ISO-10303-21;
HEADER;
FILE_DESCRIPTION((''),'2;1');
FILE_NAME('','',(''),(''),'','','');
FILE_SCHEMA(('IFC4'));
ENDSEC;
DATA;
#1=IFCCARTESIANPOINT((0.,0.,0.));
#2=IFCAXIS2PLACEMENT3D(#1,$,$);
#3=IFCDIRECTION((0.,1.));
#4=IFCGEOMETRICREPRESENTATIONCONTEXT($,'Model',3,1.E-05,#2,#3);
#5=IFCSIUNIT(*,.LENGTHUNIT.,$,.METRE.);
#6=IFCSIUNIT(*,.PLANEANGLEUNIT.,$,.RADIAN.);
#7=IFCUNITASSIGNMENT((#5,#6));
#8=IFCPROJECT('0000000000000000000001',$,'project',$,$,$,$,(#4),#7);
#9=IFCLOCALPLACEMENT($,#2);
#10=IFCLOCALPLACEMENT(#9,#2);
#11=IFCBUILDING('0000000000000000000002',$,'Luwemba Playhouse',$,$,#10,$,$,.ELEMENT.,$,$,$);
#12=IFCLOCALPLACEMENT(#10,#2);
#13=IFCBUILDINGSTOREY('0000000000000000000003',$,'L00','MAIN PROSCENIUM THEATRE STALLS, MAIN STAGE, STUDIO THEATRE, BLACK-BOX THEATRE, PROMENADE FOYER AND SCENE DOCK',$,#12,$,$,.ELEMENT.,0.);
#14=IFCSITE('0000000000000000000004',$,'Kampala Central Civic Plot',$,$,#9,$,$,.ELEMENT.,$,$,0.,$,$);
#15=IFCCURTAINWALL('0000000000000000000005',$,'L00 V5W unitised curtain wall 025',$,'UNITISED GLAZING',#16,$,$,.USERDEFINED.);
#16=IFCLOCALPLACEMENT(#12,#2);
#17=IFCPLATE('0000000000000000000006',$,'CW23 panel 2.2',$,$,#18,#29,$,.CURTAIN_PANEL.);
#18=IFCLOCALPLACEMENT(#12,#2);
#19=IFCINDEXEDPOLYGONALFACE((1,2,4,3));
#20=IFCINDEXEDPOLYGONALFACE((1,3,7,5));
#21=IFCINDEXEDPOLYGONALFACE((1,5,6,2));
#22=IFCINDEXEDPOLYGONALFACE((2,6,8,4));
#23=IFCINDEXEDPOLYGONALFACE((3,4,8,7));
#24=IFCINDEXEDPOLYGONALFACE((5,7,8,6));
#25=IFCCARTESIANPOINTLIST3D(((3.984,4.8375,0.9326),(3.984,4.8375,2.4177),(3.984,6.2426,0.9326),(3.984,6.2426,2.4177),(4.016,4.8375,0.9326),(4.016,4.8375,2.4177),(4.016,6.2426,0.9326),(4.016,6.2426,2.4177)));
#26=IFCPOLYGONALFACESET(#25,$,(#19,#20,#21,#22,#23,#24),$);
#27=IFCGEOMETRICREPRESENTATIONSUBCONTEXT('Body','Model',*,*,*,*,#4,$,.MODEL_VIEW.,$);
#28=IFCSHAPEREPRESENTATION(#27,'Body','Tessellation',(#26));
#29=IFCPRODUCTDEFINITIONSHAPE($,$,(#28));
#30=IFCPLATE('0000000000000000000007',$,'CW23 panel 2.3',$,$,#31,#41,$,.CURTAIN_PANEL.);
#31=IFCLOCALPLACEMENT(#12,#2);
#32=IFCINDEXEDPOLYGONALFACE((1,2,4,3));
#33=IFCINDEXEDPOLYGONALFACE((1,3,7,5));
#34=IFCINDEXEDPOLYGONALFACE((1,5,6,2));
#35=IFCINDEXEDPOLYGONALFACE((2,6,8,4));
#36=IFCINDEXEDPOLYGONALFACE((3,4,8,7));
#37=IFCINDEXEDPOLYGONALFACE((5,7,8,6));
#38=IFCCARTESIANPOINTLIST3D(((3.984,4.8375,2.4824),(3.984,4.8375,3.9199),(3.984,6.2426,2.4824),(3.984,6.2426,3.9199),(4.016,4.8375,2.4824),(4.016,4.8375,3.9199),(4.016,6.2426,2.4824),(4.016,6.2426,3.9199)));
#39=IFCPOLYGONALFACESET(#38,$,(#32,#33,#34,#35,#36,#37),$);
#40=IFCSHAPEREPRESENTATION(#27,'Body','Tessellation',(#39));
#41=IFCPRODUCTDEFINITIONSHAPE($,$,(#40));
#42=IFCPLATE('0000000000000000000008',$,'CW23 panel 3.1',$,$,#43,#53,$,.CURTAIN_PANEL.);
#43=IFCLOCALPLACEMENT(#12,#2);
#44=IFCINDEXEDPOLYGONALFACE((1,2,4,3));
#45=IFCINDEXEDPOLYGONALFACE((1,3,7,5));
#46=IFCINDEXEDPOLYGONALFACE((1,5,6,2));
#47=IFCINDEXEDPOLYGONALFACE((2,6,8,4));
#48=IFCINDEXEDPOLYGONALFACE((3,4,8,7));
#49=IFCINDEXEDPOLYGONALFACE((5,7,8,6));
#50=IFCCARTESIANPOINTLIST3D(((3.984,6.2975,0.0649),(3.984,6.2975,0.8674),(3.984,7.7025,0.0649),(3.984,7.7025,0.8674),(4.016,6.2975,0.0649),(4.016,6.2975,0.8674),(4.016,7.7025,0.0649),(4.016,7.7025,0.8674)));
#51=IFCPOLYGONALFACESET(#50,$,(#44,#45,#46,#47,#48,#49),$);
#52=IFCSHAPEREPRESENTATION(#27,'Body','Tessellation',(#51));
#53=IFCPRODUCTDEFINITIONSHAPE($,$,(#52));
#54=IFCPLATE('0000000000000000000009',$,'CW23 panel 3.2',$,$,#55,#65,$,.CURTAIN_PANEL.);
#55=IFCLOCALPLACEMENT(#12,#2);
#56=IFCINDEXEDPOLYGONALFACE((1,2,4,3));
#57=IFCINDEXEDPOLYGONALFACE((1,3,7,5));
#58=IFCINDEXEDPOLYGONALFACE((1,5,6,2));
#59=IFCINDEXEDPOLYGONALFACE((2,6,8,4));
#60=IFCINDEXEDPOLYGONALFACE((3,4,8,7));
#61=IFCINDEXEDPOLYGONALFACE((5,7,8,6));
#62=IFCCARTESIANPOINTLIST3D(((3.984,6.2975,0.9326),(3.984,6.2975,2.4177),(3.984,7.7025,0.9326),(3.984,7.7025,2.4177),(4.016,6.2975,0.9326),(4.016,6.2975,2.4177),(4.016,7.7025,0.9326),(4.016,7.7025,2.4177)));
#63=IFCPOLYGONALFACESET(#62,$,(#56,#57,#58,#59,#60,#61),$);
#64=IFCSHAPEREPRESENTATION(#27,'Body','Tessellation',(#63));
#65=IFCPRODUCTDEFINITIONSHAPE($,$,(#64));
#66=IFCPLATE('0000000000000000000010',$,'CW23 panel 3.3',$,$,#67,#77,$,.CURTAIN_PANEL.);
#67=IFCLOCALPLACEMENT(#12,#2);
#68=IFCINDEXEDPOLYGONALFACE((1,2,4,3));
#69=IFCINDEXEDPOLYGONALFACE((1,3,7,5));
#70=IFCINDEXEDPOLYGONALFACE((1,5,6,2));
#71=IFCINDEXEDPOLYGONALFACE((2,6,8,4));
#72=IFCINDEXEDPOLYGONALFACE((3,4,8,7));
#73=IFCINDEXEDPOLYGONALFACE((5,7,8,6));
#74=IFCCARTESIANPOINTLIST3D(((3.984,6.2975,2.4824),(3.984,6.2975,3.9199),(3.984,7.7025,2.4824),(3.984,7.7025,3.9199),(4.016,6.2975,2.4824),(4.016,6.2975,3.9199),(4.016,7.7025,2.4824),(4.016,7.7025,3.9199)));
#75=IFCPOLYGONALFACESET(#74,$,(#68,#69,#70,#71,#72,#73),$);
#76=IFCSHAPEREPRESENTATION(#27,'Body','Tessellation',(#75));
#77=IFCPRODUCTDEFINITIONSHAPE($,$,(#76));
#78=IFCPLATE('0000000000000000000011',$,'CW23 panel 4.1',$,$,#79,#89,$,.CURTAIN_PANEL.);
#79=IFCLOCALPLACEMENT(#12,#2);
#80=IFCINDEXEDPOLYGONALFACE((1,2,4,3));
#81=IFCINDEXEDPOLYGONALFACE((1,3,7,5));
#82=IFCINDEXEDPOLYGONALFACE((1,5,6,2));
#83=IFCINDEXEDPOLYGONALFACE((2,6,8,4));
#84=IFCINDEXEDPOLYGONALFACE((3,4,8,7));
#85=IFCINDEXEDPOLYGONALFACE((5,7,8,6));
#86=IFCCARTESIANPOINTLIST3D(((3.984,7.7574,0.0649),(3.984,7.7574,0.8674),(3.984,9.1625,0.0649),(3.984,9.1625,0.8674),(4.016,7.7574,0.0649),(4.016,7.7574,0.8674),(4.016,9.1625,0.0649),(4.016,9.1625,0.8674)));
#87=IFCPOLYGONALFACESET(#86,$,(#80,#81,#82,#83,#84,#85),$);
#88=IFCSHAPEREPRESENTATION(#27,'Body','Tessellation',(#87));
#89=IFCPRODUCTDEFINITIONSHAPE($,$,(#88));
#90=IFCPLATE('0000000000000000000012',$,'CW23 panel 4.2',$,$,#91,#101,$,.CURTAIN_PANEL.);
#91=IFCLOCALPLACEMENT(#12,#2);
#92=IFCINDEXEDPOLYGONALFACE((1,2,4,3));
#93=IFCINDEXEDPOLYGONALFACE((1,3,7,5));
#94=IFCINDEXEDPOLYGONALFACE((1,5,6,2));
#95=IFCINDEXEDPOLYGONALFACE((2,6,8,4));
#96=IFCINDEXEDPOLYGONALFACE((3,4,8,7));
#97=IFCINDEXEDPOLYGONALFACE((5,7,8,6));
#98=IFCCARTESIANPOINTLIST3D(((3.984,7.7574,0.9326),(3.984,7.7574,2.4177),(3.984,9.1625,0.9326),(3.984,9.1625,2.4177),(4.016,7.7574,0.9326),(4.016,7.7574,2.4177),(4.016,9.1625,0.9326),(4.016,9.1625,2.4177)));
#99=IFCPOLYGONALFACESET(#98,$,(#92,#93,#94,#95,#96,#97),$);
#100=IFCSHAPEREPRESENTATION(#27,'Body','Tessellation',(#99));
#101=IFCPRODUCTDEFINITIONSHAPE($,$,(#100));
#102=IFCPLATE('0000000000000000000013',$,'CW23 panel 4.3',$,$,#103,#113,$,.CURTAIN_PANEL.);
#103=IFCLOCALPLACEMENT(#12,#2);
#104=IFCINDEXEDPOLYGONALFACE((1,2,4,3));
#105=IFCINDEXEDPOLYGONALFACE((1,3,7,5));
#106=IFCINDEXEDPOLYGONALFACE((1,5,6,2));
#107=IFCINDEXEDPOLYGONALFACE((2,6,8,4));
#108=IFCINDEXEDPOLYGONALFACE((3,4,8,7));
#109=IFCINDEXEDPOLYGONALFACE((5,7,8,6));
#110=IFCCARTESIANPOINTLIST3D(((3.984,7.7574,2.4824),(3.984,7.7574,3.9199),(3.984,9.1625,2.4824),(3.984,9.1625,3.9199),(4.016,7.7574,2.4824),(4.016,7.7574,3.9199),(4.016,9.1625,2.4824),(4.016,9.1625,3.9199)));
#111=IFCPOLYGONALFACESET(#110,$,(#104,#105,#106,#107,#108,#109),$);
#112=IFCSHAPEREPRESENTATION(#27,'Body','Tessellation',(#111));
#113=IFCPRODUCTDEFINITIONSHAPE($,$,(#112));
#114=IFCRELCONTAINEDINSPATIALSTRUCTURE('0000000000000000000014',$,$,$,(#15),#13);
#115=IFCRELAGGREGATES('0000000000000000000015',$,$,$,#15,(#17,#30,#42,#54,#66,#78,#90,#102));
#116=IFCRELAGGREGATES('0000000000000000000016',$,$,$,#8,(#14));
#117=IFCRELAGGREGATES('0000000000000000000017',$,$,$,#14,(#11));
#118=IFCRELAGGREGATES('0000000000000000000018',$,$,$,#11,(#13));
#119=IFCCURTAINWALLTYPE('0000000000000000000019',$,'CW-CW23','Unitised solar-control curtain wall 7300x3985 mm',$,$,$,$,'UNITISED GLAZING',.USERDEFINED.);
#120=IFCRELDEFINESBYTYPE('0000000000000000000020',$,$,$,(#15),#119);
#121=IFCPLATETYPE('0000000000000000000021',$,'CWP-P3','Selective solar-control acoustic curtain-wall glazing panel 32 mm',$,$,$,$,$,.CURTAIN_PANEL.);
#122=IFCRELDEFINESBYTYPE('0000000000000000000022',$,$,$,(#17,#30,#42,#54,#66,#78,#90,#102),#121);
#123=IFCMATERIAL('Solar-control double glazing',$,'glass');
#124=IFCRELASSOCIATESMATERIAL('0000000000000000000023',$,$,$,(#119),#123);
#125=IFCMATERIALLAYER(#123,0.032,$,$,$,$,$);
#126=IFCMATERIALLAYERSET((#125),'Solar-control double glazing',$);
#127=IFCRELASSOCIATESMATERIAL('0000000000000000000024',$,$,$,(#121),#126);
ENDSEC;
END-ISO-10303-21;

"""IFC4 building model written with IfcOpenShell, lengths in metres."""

from ifc_helpers import new_model, si_unit, direction, frame, origin, origin_2d, place, context, subcontext, project, spatial, rectangle, extrude, material, layer, layer_set, type_object, element, aggregate, save


model = new_model("IFC4")

# Units and contexts
model_context = context("Model", 3, precision=1e-05, world=origin(), true_north=direction((0.0, 1.0)))
body_context = subcontext(model_context, "Body", "Model", "MODEL_VIEW")
ifc_project = project(units=[si_unit("LENGTHUNIT", "METRE"), si_unit("PLANEANGLEUNIT", "RADIAN")], contexts=[model_context])

# Site, building, storey
site_placement = place(None, origin())
site = spatial("IfcSite", under=ifc_project, at=site_placement, Name="Kampala Central Civic Plot", CompositionType="ELEMENT", RefElevation=0.0)
building_placement = place(site_placement, origin())
building = spatial("IfcBuilding", under=site, at=building_placement, Name="Luwemba Playhouse", CompositionType="ELEMENT")
storey_placement = place(building_placement, origin())
storey = spatial("IfcBuildingStorey", under=building, at=storey_placement, Name="L00", Description="MAIN PROSCENIUM THEATRE STALLS, MAIN STAGE, STUDIO THEATRE, BLACK-BOX THEATRE, PROMENADE FOYER AND SCENE DOCK", CompositionType="ELEMENT", Elevation=0.0)

# Curtain wall, plates
ifc_material_1 = material(Name="Solar-control double glazing", Category="glass")
curtain_wall_type = type_object("IfcCurtainWallType", Name="CW-CW23", Description="Unitised solar-control curtain wall 7300x3985 mm", ElementType="UNITISED GLAZING", PredefinedType="USERDEFINED", material=ifc_material_1)
curtain_wall_placement = place(storey_placement, origin())
curtain_wall = element("IfcCurtainWall", 1, at=curtain_wall_placement, inside=storey, type_object=curtain_wall_type, Name="L00 V5W unitised curtain wall 025", ObjectType="UNITISED GLAZING", PredefinedType="USERDEFINED")
ifc_layer = layer(ifc_material_1, 0.032)
ifc_layer_set = layer_set([ifc_layer], Name="Solar-control double glazing")
plate_type = type_object("IfcPlateType", Name="CWP-P3", Description="Selective solar-control acoustic curtain-wall glazing panel 32 mm", PredefinedType="CURTAIN_PANEL", material=ifc_layer_set)
plate_1_placement = place(storey_placement, frame((4.0, 5.54, 0.9326), z_axis=(0.0, 0.0, 1.0), x_axis=(0.0, 1.0, 0.0)))
plate_1 = element("IfcPlate", 2, at=plate_1_placement, type_object=plate_type, Name="CW23 panel 2.2", PredefinedType="CURTAIN_PANEL", context=body_context, shape_type="SweptSolid", body=[
    extrude(rectangle(XDim=1.405, YDim=0.032, at=origin_2d()), origin(), (0.0, 0.0, 1.0), 1.4851),
])
plate_2_placement = place(storey_placement, frame((4.0, 5.54, 2.4824), z_axis=(0.0, 0.0, 1.0), x_axis=(0.0, 1.0, 0.0)))
plate_2 = element("IfcPlate", 3, at=plate_2_placement, type_object=plate_type, Name="CW23 panel 2.3", PredefinedType="CURTAIN_PANEL", context=body_context, shape_type="SweptSolid", body=[
    extrude(rectangle(XDim=1.405, YDim=0.032, at=origin_2d()), origin(), (0.0, 0.0, 1.0), 1.4375),
])
plate_3_placement = place(storey_placement, frame((4.0, 7.0, 0.0649), z_axis=(0.0, 0.0, 1.0), x_axis=(0.0, 1.0, 0.0)))
plate_3 = element("IfcPlate", 4, at=plate_3_placement, type_object=plate_type, Name="CW23 panel 3.1", PredefinedType="CURTAIN_PANEL", context=body_context, shape_type="SweptSolid", body=[
    extrude(rectangle(XDim=1.405, YDim=0.032, at=origin_2d()), origin(), (0.0, 0.0, 1.0), 0.8025),
])
plate_4_placement = place(storey_placement, frame((4.0, 7.0, 0.9326), z_axis=(0.0, 0.0, 1.0), x_axis=(0.0, 1.0, 0.0)))
plate_4 = element("IfcPlate", 5, at=plate_4_placement, type_object=plate_type, Name="CW23 panel 3.2", PredefinedType="CURTAIN_PANEL", context=body_context, shape_type="SweptSolid", body=[
    extrude(rectangle(XDim=1.405, YDim=0.032, at=origin_2d()), origin(), (0.0, 0.0, 1.0), 1.4851),
])
plate_5_placement = place(storey_placement, frame((4.0, 7.0, 2.4824), z_axis=(0.0, 0.0, 1.0), x_axis=(0.0, 1.0, 0.0)))
plate_5 = element("IfcPlate", 6, at=plate_5_placement, type_object=plate_type, Name="CW23 panel 3.3", PredefinedType="CURTAIN_PANEL", context=body_context, shape_type="SweptSolid", body=[
    extrude(rectangle(XDim=1.405, YDim=0.032, at=origin_2d()), origin(), (0.0, 0.0, 1.0), 1.4375),
])
plate_6_placement = place(storey_placement, frame((4.0, 8.46, 0.0649), z_axis=(0.0, 0.0, 1.0), x_axis=(0.0, 1.0, 0.0)))
plate_6 = element("IfcPlate", 7, at=plate_6_placement, type_object=plate_type, Name="CW23 panel 4.1", PredefinedType="CURTAIN_PANEL", context=body_context, shape_type="SweptSolid", body=[
    extrude(rectangle(XDim=1.405, YDim=0.032, at=origin_2d()), origin(), (0.0, 0.0, 1.0), 0.8025),
])
plate_7_placement = place(storey_placement, frame((4.0, 8.46, 0.9326), z_axis=(0.0, 0.0, 1.0), x_axis=(0.0, 1.0, 0.0)))
plate_7 = element("IfcPlate", 8, at=plate_7_placement, type_object=plate_type, Name="CW23 panel 4.2", PredefinedType="CURTAIN_PANEL", context=body_context, shape_type="SweptSolid", body=[
    extrude(rectangle(XDim=1.405, YDim=0.032, at=origin_2d()), origin(), (0.0, 0.0, 1.0), 1.4851),
])
plate_8_placement = place(storey_placement, frame((4.0, 8.46, 2.4824), z_axis=(0.0, 0.0, 1.0), x_axis=(0.0, 1.0, 0.0)))
plate_8 = element("IfcPlate", 9, at=plate_8_placement, type_object=plate_type, Name="CW23 panel 4.3", PredefinedType="CURTAIN_PANEL", context=body_context, shape_type="SweptSolid", body=[
    extrude(rectangle(XDim=1.405, YDim=0.032, at=origin_2d()), origin(), (0.0, 0.0, 1.0), 1.4375),
])
aggregate(curtain_wall, [plate_1, plate_2, plate_3, plate_4, plate_5, plate_6, plate_7, plate_8])

save(model, "model.ifc")
